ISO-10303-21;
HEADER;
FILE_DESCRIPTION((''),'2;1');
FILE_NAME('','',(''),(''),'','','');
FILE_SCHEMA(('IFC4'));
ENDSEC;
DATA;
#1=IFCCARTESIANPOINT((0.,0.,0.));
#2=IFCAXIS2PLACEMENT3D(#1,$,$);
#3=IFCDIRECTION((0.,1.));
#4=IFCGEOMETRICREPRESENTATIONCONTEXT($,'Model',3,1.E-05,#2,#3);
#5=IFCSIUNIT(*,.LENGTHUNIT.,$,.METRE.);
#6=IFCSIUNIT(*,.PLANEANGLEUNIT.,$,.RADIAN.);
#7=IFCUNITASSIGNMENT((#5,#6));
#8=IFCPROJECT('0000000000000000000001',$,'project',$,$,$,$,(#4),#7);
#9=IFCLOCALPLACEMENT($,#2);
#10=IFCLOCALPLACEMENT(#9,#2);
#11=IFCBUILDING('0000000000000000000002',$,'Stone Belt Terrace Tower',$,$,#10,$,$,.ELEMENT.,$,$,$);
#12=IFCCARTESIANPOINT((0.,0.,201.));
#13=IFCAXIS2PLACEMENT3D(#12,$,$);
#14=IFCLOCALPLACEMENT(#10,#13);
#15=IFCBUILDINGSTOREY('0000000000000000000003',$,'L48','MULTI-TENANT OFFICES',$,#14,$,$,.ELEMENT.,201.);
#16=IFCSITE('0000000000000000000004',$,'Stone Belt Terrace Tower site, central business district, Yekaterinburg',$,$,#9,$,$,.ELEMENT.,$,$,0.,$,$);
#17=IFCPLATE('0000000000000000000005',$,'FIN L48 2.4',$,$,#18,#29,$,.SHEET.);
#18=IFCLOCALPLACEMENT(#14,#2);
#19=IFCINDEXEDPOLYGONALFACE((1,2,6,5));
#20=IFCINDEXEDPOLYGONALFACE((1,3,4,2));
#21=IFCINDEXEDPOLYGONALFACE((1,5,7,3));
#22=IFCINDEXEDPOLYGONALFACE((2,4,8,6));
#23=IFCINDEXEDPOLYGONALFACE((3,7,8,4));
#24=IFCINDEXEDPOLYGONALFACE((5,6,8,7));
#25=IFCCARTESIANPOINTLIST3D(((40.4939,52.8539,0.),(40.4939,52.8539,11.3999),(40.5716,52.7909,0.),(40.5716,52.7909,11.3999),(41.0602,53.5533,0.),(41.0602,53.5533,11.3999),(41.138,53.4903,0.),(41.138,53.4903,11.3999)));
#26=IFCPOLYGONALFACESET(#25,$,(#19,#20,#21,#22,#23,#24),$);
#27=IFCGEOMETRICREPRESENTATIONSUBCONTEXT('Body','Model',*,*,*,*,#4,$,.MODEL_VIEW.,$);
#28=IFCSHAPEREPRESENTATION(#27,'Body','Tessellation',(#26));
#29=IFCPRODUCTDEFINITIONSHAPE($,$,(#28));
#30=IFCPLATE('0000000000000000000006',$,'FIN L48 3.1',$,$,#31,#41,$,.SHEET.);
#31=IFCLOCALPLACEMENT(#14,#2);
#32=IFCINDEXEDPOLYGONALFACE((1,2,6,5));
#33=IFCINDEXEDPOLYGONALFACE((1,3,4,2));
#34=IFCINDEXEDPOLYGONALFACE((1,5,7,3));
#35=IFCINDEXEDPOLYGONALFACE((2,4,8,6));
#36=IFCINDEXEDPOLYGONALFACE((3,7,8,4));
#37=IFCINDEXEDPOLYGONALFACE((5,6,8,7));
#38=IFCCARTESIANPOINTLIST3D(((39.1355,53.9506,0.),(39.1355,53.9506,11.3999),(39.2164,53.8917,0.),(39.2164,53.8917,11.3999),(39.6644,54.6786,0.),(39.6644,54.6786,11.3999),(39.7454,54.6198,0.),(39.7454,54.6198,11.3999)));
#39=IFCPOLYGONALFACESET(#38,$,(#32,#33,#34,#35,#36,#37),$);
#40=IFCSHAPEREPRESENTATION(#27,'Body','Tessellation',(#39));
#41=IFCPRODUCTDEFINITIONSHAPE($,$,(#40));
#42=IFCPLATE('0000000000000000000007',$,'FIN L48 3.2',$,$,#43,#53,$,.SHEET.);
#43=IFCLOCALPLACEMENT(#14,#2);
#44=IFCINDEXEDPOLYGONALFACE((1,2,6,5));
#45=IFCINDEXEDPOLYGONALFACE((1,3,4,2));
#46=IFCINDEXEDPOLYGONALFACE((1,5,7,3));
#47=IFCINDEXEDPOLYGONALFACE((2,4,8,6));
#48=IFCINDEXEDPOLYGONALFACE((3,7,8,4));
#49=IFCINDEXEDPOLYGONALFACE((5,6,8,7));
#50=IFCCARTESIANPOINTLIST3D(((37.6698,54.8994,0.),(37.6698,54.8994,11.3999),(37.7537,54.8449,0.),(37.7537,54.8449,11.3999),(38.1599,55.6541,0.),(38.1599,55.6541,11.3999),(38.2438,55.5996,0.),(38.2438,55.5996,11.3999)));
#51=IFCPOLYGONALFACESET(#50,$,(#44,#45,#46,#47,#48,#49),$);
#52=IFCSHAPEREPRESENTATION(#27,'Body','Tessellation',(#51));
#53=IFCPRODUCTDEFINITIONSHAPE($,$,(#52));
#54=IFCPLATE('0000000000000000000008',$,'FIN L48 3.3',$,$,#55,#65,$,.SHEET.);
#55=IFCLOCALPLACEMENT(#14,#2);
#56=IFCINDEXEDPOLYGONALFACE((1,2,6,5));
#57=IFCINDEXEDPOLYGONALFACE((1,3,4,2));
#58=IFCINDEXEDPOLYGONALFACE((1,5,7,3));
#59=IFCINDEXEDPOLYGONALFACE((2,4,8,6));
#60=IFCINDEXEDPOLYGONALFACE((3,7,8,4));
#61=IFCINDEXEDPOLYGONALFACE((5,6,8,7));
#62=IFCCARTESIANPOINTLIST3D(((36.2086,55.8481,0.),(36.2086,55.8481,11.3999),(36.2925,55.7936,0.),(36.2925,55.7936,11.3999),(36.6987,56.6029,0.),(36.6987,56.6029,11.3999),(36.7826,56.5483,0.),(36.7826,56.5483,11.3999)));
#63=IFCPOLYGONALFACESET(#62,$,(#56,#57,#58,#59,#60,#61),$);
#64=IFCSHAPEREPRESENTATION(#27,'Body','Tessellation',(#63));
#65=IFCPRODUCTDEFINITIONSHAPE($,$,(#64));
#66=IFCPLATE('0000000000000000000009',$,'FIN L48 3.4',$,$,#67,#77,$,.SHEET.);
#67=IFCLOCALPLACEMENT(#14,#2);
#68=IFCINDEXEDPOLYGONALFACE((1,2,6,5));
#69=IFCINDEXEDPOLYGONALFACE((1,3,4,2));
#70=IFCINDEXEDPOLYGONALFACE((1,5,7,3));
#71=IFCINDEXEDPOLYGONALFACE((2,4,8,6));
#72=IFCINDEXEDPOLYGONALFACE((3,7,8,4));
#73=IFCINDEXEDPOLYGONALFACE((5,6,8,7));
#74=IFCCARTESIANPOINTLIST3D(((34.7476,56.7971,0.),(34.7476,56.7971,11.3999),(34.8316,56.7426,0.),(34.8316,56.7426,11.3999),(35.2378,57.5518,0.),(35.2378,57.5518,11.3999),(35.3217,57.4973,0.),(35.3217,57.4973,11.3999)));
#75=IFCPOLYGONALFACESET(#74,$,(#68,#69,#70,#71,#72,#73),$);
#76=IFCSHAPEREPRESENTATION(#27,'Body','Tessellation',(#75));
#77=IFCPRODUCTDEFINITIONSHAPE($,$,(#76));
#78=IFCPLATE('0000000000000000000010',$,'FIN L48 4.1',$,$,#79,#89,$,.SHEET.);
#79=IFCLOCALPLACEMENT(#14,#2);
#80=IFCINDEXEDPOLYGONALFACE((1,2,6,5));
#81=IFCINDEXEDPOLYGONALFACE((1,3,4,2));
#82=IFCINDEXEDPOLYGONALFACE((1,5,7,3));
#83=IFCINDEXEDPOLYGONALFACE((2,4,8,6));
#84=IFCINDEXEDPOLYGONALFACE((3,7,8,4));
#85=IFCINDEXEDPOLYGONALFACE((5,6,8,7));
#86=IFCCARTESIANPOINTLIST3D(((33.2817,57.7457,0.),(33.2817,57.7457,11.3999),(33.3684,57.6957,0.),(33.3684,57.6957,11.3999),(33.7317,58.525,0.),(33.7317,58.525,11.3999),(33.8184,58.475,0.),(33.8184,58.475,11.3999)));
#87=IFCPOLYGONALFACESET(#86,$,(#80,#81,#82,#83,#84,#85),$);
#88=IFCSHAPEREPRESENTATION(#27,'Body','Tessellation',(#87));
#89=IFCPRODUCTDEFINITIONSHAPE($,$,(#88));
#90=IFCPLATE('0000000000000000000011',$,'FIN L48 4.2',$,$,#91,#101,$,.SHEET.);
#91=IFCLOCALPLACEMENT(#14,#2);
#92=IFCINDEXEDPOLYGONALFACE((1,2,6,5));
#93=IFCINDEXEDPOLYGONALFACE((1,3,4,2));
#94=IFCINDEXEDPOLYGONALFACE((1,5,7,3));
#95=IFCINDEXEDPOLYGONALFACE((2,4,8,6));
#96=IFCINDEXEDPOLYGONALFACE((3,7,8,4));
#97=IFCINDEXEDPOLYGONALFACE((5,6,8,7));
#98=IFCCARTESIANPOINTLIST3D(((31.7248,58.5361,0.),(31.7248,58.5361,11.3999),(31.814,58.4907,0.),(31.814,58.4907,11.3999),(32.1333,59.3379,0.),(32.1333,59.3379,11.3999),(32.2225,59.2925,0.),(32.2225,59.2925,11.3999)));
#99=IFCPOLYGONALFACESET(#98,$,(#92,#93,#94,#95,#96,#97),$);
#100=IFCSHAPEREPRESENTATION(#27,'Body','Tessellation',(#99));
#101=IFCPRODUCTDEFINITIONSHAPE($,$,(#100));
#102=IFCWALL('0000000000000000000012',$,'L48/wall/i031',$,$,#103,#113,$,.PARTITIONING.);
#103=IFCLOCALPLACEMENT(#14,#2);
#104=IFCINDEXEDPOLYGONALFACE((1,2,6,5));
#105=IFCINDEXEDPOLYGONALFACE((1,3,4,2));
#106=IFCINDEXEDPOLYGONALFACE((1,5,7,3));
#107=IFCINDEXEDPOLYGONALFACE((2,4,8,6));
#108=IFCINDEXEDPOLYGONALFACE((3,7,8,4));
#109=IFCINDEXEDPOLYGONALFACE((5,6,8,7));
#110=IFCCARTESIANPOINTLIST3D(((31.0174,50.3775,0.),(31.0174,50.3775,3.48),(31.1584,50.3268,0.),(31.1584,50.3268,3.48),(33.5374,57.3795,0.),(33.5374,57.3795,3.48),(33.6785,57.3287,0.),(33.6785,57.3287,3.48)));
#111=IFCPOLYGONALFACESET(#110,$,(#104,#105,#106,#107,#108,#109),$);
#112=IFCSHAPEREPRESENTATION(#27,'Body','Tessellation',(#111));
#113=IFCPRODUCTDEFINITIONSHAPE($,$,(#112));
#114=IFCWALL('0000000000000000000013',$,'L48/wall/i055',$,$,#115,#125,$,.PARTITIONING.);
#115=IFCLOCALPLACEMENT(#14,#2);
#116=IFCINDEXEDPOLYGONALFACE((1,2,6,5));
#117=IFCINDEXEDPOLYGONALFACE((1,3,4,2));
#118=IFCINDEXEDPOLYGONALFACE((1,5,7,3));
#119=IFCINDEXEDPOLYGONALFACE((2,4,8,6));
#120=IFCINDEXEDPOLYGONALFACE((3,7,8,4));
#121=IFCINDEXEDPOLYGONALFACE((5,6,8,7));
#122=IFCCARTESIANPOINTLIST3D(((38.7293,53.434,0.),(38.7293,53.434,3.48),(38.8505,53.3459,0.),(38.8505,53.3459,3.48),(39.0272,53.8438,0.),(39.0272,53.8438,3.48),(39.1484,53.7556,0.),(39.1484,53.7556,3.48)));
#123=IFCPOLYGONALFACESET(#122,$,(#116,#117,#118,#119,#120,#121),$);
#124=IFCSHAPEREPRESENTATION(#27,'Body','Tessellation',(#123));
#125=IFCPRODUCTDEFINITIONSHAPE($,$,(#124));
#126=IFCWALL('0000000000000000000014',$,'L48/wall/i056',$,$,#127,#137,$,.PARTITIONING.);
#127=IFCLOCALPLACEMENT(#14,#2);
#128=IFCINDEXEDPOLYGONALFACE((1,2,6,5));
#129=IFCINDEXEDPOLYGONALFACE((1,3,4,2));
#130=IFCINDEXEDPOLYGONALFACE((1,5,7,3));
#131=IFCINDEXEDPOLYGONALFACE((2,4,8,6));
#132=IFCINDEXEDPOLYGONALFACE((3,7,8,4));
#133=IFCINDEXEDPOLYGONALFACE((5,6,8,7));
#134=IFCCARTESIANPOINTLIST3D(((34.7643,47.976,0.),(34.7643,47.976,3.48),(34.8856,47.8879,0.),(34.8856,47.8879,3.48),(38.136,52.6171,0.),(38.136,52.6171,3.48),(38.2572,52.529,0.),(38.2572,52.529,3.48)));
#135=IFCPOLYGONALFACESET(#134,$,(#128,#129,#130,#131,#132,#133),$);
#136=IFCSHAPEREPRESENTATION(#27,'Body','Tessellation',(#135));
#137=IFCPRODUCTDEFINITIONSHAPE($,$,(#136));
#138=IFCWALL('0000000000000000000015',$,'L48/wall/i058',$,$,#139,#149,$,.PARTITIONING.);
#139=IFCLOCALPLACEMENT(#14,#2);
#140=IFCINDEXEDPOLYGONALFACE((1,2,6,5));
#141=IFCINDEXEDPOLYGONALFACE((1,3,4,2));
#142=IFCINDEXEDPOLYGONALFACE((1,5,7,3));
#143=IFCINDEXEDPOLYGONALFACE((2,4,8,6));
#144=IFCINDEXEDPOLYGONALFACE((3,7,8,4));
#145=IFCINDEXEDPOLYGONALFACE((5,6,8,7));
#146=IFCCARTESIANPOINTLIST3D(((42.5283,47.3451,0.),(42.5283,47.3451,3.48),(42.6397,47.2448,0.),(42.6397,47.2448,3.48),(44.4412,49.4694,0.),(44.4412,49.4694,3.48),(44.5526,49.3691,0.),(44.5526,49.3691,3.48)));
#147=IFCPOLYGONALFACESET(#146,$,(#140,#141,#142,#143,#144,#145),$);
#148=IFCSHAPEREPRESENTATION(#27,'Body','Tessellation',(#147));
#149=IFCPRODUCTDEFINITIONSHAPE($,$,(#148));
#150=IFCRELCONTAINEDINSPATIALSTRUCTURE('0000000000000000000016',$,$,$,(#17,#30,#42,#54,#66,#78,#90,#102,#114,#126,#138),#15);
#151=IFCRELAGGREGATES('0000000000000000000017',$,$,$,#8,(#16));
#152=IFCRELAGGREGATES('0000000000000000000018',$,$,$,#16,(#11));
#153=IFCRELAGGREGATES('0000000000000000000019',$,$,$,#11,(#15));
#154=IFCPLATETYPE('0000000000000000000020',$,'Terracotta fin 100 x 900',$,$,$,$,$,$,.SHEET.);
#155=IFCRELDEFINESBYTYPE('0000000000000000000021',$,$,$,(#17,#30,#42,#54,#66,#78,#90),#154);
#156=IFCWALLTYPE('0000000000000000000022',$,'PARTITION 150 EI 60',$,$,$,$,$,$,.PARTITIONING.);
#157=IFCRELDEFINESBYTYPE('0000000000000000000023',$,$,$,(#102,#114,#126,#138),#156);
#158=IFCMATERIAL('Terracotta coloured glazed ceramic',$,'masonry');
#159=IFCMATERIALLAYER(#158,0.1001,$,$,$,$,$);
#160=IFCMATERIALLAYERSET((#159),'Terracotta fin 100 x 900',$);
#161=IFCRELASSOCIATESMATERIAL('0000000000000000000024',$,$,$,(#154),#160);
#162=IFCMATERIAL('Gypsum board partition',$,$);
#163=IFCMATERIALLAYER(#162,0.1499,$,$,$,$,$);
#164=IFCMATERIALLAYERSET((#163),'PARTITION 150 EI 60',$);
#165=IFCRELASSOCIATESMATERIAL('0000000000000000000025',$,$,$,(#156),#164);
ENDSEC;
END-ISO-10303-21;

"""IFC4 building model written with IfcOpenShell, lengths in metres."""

from ifc_helpers import new_model, si_unit, direction, frame, frame_2d, origin, origin_2d, place, context, subcontext, project, spatial, rectangle, extrude, material, layer, layer_set, type_object, element, save


model = new_model("IFC4")

# Units and contexts
model_context = context("Model", 3, precision=1e-05, world=origin(), true_north=direction((0.0, 1.0)))
body_context = subcontext(model_context, "Body", "Model", "MODEL_VIEW")
ifc_project = project(units=[si_unit("LENGTHUNIT", "METRE"), si_unit("PLANEANGLEUNIT", "RADIAN")], contexts=[model_context])

# Site, building, storey
site_placement = place(None, origin())
site = spatial("IfcSite", under=ifc_project, at=site_placement, Name="Stone Belt Terrace Tower site, central business district, Yekaterinburg", CompositionType="ELEMENT", RefElevation=0.0)
building_placement = place(site_placement, origin())
building = spatial("IfcBuilding", under=site, at=building_placement, Name="Stone Belt Terrace Tower", CompositionType="ELEMENT")
storey_placement = place(building_placement, frame((0.0, 0.0, 201.0)))
storey = spatial("IfcBuildingStorey", under=building, at=storey_placement, Name="L48", Description="MULTI-TENANT OFFICES", CompositionType="ELEMENT", Elevation=201.0)

# Plates
ifc_material_1 = material(Name="Terracotta coloured glazed ceramic", Category="masonry")
ifc_layer_1 = layer(ifc_material_1, 0.1001)
ifc_layer_set_1 = layer_set([ifc_layer_1], Name="Terracotta fin 100 x 900")
plate_type_1 = type_object("IfcPlateType", Name="Terracotta fin 100 x 900", PredefinedType="SHEET", material=ifc_layer_set_1)
for number, where, z_axis, x_axis, name in (
    (1, (40.8159, 53.1721, 0.0), (0.0, 0.0, 1.0), (0.62932, 0.777146, 0.0), "FIN L48 2.4"),
    (2, (39.4404, 54.2852, 0.0), (0.0, 0.0, 1.0), (0.587785, 0.809017, 0.0), "FIN L48 3.1"),
    (3, (37.9568, 55.2495, 0.0), (0.0, 0.0, 1.0), (0.544639, 0.838671, 0.0), "FIN L48 3.2"),
    (4, (36.4956, 56.1982, 0.0), (0.0, 0.0, 1.0), (0.544639, 0.838671, 0.0), "FIN L48 3.3"),
    (5, (35.0347, 57.1472, 0.0), (0.0, 0.0, 1.0), (0.544639, 0.838671, 0.0), "FIN L48 3.4"),
    (6, (33.55, 58.1104, 0.0), (0.0, 0.0, 1.0), (0.5, 0.866025, 0.0), "FIN L48 4.1"),
    (7, (31.9736, 58.9143, 0.0), (0.0, 0.0, 1.0), (0.45399, 0.891007, 0.0), "FIN L48 4.2"),
):
    element("IfcPlate", number, at=place(storey_placement, frame(where, z_axis=z_axis, x_axis=x_axis)), inside=storey, type_object=plate_type_1, Name=name, PredefinedType="SHEET", context=body_context, shape_type="SweptSolid", body=[
        extrude(rectangle(XDim=0.8999, YDim=0.1001, at=origin_2d()), origin(), (0.0, 0.0, 1.0), 11.3999),
    ])

# Walls
ifc_material_2 = material(Name="Gypsum board partition")
ifc_layer_2 = layer(ifc_material_2, 0.1499)
ifc_layer_set_2 = layer_set([ifc_layer_2], Name="PARTITION 150 EI 60")
wall_type = type_object("IfcWallType", Name="PARTITION 150 EI 60", PredefinedType="PARTITIONING", material=ifc_layer_set_2)
wall_1_placement = place(storey_placement, frame((33.6079, 57.354, 0.0), z_axis=(0.0, 0.0, 1.0), x_axis=(-0.338638, -0.940917, 0.0)))
element("IfcWall", 8, at=wall_1_placement, inside=storey, type_object=wall_type, Name="L48/wall/i031", PredefinedType="PARTITIONING", context=body_context, shape_type="SweptSolid", body=[
    extrude(rectangle(XDim=7.4417, YDim=0.1499, at=frame_2d((3.7207, 0.0))), origin(), (0.0, 0.0, 1.0), 3.48),
])
wall_2_placement = place(storey_placement, frame((39.0879, 53.7998, 0.0), z_axis=(0.0, 0.0, 1.0), x_axis=(-0.588057, -0.808819, 0.0)))
element("IfcWall", 9, at=wall_2_placement, inside=storey, type_object=wall_type, Name="L48/wall/i055", PredefinedType="PARTITIONING", context=body_context, shape_type="SweptSolid", body=[
    extrude(rectangle(XDim=0.5066, YDim=0.1499, at=frame_2d((0.2534, 0.0))), origin(), (0.0, 0.0, 1.0), 3.48),
])
wall_3_placement = place(storey_placement, frame((38.1965, 52.573, 0.0), z_axis=(0.0, 0.0, 1.0), x_axis=(-0.587741, -0.809049, 0.0)))
element("IfcWall", 10, at=wall_3_placement, inside=storey, type_object=wall_type, Name="L48/wall/i056", PredefinedType="PARTITIONING", context=body_context, shape_type="SweptSolid", body=[
    extrude(rectangle(XDim=5.7366, YDim=0.1499, at=frame_2d((2.8682, 0.0))), origin(), (0.0, 0.0, 1.0), 3.48),
])
wall_4_placement = place(storey_placement, frame((44.4968, 49.4192, 0.0), z_axis=(0.0, 0.0, 1.0), x_axis=(-0.669158, -0.74312, 0.0)))
element("IfcWall", 11, at=wall_4_placement, inside=storey, type_object=wall_type, Name="L48/wall/i058", PredefinedType="PARTITIONING", context=body_context, shape_type="SweptSolid", body=[
    extrude(rectangle(XDim=2.8586, YDim=0.1499, at=frame_2d((1.4292, 0.0))), origin(), (0.0, 0.0, 1.0), 3.48),
])

save(model, "model.ifc")
